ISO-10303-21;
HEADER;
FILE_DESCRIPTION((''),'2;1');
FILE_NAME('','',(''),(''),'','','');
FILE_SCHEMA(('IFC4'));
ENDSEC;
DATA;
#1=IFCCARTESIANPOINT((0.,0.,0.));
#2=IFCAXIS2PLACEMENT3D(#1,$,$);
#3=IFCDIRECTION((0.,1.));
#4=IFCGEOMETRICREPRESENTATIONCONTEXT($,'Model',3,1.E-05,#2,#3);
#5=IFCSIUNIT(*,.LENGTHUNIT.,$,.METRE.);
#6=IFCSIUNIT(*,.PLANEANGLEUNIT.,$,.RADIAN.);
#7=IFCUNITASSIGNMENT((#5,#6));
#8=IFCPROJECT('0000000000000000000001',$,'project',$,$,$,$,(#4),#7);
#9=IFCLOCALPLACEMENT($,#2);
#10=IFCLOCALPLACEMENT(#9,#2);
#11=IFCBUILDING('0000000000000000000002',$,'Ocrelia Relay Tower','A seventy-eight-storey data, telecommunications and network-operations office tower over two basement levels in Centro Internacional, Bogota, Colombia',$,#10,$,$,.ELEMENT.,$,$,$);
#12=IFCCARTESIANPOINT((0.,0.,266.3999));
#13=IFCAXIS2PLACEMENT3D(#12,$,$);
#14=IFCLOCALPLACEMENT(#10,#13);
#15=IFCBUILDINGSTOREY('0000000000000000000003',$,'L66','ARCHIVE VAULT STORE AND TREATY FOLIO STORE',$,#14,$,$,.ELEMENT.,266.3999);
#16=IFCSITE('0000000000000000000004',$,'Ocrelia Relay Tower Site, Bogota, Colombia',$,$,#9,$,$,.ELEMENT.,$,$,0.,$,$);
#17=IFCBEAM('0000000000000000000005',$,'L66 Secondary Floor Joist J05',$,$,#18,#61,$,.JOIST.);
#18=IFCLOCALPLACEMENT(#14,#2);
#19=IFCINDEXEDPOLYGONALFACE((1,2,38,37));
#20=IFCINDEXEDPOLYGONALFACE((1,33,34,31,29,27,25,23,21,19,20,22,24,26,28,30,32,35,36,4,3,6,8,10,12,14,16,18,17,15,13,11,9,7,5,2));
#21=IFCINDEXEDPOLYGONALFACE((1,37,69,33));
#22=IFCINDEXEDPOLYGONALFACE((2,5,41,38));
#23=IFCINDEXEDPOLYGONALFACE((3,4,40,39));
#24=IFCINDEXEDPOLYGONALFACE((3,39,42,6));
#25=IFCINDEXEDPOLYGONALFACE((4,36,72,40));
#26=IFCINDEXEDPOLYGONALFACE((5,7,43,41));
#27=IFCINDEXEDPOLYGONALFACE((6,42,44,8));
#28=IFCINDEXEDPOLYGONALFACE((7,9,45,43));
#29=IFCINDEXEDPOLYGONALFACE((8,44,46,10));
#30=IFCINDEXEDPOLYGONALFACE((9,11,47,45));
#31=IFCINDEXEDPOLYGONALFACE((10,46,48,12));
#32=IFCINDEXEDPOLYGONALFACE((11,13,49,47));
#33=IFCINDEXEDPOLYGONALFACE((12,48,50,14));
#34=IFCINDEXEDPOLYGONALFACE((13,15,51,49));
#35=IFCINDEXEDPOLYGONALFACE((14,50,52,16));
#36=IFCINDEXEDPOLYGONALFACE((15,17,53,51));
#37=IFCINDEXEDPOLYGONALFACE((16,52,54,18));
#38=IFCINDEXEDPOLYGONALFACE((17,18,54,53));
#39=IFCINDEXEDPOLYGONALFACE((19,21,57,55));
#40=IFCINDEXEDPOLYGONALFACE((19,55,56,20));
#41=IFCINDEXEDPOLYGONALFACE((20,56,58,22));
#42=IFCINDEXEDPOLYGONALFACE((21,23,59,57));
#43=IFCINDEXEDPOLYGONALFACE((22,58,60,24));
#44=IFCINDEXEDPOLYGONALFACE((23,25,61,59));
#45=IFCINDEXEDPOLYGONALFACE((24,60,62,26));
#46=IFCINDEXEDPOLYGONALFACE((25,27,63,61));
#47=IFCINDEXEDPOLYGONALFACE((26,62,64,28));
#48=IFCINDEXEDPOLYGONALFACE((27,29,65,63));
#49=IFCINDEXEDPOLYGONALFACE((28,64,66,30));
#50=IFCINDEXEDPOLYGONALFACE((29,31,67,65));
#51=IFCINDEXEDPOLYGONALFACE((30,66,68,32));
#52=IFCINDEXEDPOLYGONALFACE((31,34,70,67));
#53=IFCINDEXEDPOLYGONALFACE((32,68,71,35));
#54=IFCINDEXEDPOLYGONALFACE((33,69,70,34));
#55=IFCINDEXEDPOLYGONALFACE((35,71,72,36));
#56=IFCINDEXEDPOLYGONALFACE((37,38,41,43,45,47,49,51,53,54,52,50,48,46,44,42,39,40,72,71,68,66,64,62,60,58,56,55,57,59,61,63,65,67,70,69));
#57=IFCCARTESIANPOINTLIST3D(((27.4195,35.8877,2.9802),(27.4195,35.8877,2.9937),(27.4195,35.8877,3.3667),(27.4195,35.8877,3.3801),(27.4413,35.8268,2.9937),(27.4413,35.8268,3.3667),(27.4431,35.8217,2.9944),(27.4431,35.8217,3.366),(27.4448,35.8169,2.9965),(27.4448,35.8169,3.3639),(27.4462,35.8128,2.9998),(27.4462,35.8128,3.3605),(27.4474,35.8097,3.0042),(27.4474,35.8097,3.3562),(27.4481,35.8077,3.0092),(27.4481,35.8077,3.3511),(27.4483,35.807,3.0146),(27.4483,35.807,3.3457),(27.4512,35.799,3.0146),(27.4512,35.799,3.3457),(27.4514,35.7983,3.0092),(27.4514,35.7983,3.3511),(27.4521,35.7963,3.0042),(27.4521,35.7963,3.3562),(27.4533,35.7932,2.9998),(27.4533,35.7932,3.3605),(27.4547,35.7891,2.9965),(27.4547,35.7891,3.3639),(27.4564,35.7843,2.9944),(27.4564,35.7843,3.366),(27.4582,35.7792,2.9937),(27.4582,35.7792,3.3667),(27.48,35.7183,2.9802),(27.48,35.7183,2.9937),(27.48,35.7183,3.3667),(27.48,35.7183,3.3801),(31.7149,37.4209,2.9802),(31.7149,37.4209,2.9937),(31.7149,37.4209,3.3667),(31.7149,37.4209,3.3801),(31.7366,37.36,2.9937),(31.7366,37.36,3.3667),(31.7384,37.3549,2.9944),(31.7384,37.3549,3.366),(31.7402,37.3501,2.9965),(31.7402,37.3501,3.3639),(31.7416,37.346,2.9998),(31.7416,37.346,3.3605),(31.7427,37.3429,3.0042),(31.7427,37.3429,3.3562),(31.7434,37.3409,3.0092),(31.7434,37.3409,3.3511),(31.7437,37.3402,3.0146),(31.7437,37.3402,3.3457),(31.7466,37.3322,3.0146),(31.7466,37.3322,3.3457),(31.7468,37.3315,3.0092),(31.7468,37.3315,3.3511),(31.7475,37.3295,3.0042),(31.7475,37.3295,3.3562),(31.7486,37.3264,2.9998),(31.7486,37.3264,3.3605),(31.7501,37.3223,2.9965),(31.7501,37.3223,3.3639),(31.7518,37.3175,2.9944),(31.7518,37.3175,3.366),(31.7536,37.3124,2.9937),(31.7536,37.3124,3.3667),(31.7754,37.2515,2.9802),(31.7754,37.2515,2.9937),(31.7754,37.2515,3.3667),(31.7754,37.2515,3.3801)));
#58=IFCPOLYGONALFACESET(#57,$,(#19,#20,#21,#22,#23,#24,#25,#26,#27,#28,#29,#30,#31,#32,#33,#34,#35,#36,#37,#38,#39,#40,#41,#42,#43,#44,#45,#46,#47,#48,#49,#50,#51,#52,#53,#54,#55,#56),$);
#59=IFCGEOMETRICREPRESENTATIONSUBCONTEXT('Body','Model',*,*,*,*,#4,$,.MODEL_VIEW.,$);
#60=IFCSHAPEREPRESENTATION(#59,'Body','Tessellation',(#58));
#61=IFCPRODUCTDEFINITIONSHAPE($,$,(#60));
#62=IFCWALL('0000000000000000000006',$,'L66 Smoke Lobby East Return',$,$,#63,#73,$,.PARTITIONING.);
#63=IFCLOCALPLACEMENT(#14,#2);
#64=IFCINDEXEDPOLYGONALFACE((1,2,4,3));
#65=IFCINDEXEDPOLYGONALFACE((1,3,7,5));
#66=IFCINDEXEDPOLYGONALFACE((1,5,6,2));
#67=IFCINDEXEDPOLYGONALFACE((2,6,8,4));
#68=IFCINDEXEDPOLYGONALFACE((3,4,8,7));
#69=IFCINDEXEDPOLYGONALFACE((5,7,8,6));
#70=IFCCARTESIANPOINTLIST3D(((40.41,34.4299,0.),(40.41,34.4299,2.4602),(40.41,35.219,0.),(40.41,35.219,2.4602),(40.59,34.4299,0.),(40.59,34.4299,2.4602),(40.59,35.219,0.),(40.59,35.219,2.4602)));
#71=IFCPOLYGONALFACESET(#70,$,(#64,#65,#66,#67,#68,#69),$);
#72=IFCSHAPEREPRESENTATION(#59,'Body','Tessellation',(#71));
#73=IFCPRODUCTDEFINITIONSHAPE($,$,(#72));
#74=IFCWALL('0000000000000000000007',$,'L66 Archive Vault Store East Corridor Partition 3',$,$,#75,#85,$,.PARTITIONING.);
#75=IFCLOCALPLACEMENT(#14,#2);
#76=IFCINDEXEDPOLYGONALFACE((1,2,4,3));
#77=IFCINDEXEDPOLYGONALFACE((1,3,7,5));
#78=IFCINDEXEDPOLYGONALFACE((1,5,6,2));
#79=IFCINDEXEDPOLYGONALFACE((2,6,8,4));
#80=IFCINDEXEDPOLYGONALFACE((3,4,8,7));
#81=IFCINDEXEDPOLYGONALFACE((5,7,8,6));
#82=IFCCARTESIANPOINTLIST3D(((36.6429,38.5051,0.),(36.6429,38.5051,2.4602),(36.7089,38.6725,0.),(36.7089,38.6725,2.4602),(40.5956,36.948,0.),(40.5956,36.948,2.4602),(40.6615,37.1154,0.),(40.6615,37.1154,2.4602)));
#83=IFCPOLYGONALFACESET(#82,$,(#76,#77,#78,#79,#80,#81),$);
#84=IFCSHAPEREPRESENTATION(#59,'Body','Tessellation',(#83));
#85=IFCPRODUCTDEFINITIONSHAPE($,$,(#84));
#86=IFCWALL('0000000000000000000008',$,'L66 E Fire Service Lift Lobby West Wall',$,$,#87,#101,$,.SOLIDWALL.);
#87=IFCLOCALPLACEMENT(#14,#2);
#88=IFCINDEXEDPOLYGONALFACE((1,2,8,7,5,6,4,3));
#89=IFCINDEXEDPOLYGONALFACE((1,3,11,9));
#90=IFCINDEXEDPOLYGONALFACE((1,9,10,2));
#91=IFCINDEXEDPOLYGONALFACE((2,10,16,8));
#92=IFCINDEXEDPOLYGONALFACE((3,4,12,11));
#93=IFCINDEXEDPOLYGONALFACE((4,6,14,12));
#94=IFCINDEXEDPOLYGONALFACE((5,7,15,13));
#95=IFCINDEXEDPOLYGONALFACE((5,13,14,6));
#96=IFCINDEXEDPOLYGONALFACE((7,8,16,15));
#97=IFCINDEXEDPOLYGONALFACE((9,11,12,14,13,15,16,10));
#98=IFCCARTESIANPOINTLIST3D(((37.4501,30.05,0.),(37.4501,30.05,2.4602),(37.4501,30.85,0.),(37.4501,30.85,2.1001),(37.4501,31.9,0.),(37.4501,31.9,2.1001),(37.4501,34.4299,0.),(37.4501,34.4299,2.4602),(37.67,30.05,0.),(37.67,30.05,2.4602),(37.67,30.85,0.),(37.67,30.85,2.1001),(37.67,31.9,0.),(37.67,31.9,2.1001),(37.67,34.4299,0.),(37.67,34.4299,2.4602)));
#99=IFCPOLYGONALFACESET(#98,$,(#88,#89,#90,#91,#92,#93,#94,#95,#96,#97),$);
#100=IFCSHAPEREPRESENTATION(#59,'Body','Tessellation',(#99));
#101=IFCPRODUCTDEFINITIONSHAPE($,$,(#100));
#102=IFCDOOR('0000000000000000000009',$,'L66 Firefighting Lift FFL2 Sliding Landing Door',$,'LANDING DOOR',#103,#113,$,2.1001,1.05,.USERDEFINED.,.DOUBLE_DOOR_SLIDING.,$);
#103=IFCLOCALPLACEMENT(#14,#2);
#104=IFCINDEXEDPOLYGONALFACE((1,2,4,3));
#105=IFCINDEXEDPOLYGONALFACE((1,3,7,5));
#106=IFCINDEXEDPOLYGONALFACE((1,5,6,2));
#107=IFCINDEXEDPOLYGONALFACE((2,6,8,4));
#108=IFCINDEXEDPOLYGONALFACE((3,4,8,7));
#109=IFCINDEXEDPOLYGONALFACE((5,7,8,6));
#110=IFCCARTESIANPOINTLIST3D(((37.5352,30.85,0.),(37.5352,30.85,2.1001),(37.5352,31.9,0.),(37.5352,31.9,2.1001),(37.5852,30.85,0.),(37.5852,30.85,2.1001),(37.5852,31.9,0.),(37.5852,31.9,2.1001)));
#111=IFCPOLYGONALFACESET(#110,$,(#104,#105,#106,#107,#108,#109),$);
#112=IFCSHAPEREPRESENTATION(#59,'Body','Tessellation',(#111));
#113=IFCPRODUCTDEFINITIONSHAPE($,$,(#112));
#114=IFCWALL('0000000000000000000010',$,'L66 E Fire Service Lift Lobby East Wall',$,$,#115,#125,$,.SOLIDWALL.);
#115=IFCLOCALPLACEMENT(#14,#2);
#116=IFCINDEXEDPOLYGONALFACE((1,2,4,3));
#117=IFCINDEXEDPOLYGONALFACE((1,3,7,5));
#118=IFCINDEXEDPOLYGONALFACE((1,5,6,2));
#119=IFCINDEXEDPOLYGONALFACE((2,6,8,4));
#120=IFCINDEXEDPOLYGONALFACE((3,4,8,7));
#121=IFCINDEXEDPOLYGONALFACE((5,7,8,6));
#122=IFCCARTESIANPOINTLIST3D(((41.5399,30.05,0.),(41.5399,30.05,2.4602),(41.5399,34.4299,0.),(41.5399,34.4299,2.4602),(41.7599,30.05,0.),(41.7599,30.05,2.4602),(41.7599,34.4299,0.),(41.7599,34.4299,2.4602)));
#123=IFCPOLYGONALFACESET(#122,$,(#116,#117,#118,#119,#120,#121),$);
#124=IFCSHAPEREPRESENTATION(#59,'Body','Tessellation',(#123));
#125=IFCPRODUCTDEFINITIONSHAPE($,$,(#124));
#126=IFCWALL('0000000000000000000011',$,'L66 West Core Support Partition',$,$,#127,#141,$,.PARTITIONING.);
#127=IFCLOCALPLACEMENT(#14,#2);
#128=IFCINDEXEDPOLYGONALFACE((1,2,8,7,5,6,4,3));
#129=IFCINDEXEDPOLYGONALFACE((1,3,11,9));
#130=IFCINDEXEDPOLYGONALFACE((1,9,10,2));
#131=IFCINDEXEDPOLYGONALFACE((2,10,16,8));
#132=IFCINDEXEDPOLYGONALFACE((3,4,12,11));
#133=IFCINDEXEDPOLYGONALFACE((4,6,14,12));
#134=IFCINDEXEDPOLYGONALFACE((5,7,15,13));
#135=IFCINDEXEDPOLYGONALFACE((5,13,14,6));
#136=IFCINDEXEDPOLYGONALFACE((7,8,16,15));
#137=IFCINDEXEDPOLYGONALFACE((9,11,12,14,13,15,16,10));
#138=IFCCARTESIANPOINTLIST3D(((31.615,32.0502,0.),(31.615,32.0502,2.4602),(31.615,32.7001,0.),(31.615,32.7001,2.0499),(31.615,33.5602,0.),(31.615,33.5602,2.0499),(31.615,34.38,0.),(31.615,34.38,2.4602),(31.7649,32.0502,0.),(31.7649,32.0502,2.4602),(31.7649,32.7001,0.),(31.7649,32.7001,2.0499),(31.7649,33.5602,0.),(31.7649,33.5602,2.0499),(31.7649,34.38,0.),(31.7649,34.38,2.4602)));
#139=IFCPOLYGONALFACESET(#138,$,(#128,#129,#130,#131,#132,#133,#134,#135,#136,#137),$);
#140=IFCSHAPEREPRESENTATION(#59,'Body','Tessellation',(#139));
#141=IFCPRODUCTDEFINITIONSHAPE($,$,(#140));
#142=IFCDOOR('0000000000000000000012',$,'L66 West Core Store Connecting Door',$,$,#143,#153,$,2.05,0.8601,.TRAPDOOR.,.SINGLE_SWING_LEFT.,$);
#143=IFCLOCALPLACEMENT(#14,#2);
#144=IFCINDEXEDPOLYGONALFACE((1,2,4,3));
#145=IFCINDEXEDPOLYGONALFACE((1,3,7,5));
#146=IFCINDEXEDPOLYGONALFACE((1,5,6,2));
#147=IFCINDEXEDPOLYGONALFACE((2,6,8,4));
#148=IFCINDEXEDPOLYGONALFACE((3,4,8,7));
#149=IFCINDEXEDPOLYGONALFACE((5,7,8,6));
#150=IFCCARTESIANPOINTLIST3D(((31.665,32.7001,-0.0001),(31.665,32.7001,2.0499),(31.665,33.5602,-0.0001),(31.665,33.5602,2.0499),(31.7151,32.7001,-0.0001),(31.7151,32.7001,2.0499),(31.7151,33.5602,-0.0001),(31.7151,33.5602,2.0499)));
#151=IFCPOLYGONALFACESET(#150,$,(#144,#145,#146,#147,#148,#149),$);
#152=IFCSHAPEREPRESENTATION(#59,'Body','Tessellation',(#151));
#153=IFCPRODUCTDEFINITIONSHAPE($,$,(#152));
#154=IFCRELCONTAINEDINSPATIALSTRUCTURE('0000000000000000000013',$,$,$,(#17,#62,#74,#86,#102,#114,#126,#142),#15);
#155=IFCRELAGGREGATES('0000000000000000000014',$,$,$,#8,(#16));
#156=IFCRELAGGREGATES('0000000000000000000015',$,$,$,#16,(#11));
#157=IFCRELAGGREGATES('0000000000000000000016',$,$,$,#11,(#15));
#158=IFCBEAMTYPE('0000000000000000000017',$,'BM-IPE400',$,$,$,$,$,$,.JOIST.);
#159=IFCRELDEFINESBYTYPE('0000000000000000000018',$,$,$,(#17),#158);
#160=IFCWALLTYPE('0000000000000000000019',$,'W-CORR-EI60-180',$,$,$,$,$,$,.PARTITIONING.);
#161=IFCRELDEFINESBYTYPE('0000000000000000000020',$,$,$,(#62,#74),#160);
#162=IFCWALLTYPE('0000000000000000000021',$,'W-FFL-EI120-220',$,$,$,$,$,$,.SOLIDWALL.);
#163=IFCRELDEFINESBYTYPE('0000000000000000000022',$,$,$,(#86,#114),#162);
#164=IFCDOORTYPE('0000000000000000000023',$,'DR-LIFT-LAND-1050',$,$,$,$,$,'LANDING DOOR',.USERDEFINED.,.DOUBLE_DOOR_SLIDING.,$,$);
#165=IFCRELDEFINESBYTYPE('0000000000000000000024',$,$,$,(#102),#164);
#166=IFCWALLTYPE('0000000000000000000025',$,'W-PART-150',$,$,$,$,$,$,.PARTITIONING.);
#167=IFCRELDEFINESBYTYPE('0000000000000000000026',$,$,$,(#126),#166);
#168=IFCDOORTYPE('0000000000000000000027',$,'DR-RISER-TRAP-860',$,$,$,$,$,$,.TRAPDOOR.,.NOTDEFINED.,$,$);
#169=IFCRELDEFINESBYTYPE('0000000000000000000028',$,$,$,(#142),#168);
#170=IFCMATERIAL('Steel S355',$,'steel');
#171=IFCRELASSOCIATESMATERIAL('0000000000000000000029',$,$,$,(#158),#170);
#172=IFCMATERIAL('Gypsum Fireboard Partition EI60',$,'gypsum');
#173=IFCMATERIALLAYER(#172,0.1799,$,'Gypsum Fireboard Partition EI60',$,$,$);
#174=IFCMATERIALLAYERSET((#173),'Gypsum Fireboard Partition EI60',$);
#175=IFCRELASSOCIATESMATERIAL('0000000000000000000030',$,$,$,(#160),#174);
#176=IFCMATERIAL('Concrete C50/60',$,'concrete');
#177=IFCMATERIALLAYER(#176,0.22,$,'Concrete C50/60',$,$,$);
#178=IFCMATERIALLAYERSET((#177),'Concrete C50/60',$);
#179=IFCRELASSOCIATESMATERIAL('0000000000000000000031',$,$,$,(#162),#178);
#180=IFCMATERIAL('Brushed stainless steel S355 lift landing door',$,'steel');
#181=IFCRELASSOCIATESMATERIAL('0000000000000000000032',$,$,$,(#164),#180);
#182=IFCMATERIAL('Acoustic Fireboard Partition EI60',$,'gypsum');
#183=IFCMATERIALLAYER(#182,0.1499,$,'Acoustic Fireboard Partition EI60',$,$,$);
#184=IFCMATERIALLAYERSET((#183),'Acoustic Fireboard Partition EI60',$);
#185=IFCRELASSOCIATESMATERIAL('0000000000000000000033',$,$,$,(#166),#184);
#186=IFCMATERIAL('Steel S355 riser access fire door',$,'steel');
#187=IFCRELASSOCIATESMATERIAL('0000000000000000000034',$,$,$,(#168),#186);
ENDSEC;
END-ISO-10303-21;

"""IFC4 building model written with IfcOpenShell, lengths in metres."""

from ifc_helpers import new_model, si_unit, direction, frame, frame_2d, origin, origin_2d, place, context, subcontext, project, spatial, rectangle, i_section, extrude, material, layer, layer_set, material_profile, profile_set, type_object, element, fill, save


model = new_model("IFC4")

# Units and contexts
model_context = context("Model", 3, precision=1e-05, world=origin(), true_north=direction((0.0, 1.0)))
body_context = subcontext(model_context, "Body", "Model", "MODEL_VIEW")
ifc_project = project(units=[si_unit("LENGTHUNIT", "METRE"), si_unit("PLANEANGLEUNIT", "RADIAN")], contexts=[model_context])

# Site, building, storey
site_placement = place(None, origin())
site = spatial("IfcSite", under=ifc_project, at=site_placement, Name="Ocrelia Relay Tower Site, Bogota, Colombia", CompositionType="ELEMENT", RefElevation=0.0)
building_placement = place(site_placement, origin())
building = spatial("IfcBuilding", under=site, at=building_placement, Name="Ocrelia Relay Tower", Description="A seventy-eight-storey data, telecommunications and network-operations office tower over two basement levels in Centro Internacional, Bogota, Colombia", CompositionType="ELEMENT")
storey_placement = place(building_placement, frame((0.0, 0.0, 266.3999)))
storey = spatial("IfcBuildingStorey", under=building, at=storey_placement, Name="L66", Description="ARCHIVE VAULT STORE AND TREATY FOLIO STORE", CompositionType="ELEMENT", Elevation=266.3999)

# Shared definitions
ifc_material_1 = material(Name="Concrete C50/60", Category="concrete")

# Beam
ifc_material_2 = material(Name="Steel S355", Category="steel")
ifc_material_profile_1 = material_profile(ifc_material_2, i_section(OverallWidth=0.1799, OverallDepth=0.3999, WebThickness=0.0085, FlangeThickness=0.0134, FilletRadius=0.021, at=origin_2d()), Name="IPE 400")
ifc_profile_set_1 = profile_set([ifc_material_profile_1], Name="Steel S355")
beam_type = type_object("IfcBeamType", Name="BM-IPE400", PredefinedType="JOIST", material=ifc_profile_set_1)
beam_1_placement = place(storey_placement, frame((31.7451, 37.3362, 3.1802), z_axis=(-0.941802, -0.336167, 0.0), x_axis=(0.336167, -0.941802, 0.0)))
element("IfcBeam", 1, at=beam_1_placement, inside=storey, type_object=beam_type, Name="L66 Secondary Floor Joist J05", PredefinedType="JOIST", context=body_context, shape_type="SweptSolid", body=[
    extrude(i_section(OverallWidth=0.1799, OverallDepth=0.3999, WebThickness=0.0085, FlangeThickness=0.0134, FilletRadius=0.021, at=origin_2d()), origin(), (0.0, 0.0, 1.0), 4.5608),
])

# Wall
ifc_material_3 = material(Name="Gypsum Fireboard Partition EI60", Category="gypsum")
ifc_layer_1 = layer(ifc_material_3, 0.1799, Name="Gypsum Fireboard Partition EI60")
ifc_layer_set_1 = layer_set([ifc_layer_1], Name="Gypsum Fireboard Partition EI60")
wall_type_1 = type_object("IfcWallType", Name="W-CORR-EI60-180", PredefinedType="PARTITIONING", material=ifc_layer_set_1)
wall_1_placement = place(storey_placement, frame((40.5, 35.219, 0.0), z_axis=(0.0, 0.0, 1.0), x_axis=(0.0, -1.0, 0.0)))
element("IfcWall", 2, at=wall_1_placement, inside=storey, type_object=wall_type_1, Name="L66 Smoke Lobby East Return", PredefinedType="PARTITIONING", context=body_context, shape_type="SweptSolid", body=[
    extrude(rectangle(XDim=0.7891, YDim=0.1799, at=frame_2d((0.3945, 0.0))), origin(), (0.0, 0.0, 1.0), 2.4602),
])

# Wall
wall_2_placement = place(storey_placement, frame((40.6284, 37.0317, 0.0), z_axis=(0.0, 0.0, 1.0), x_axis=(-0.930406, 0.366531, 0.0)))
element("IfcWall", 3, at=wall_2_placement, inside=storey, type_object=wall_type_1, Name="L66 Archive Vault Store East Corridor Partition 3", PredefinedType="PARTITIONING", context=body_context, shape_type="SweptSolid", body=[
    extrude(rectangle(XDim=4.2483, YDim=0.1799, at=frame_2d((2.124, 0.0))), origin(), (0.0, 0.0, 1.0), 2.4602),
])

# Wall, opening, door
ifc_layer_2 = layer(ifc_material_1, 0.22, Name="Concrete C50/60")
ifc_layer_set_2 = layer_set([ifc_layer_2], Name="Concrete C50/60")
wall_type_2 = type_object("IfcWallType", Name="W-FFL-EI120-220", PredefinedType="SOLIDWALL", material=ifc_layer_set_2)
wall_3_placement = place(storey_placement, frame((37.5601, 30.05, 0.0), z_axis=(0.0, 0.0, 1.0), x_axis=(0.0, 1.0, 0.0)))
wall_3 = element("IfcWall", 4, at=wall_3_placement, inside=storey, type_object=wall_type_2, Name="L66 E Fire Service Lift Lobby West Wall", PredefinedType="SOLIDWALL", context=body_context, shape_type="SweptSolid", body=[
    extrude(rectangle(XDim=4.3799, YDim=0.22, at=frame_2d((2.1899, 0.0))), origin(), (0.0, 0.0, 1.0), 2.4602),
])
opening_1_placement = place(wall_3_placement, frame((0.8, 0.0, 0.0)))
opening_1 = element("IfcOpeningElement", 5, at=opening_1_placement, cuts=wall_3, PredefinedType="OPENING", context=body_context, shape_type="SweptSolid", body=[
    extrude(rectangle(XDim=1.05, YDim=2.1001, at=frame_2d((0.5249, 1.05))), frame((0.0, 0.1201, 0.0), z_axis=(0.0, -1.0, 0.0), x_axis=(1.0, 0.0, 0.0)), (0.0, 0.0, 1.0), 0.24),
])
ifc_material_4 = material(Name="Brushed stainless steel S355 lift landing door", Category="steel")
door_type_1 = type_object("IfcDoorType", Name="DR-LIFT-LAND-1050", ElementType="LANDING DOOR", OperationType="DOUBLE_DOOR_SLIDING", PredefinedType="USERDEFINED", material=ifc_material_4)
door_1_placement = place(opening_1_placement, origin())
door_1 = element("IfcDoor", 6, at=door_1_placement, inside=storey, type_object=door_type_1, Name="L66 Firefighting Lift FFL2 Sliding Landing Door", ObjectType="LANDING DOOR", OperationType="DOUBLE_DOOR_SLIDING", OverallHeight=2.1001, OverallWidth=1.05, PredefinedType="USERDEFINED", context=body_context, shape_type="SweptSolid", body=[
    extrude(rectangle(XDim=1.05, YDim=2.1001, at=frame_2d((0.5249, 1.05))), frame((0.0, 0.0249, 0.0), z_axis=(0.0, -1.0, 0.0), x_axis=(1.0, 0.0, 0.0)), (0.0, 0.0, 1.0), 0.05),
])
fill(opening_1, door_1)

# Wall
wall_4_placement = place(storey_placement, frame((41.6499, 30.05, 0.0), z_axis=(0.0, 0.0, 1.0), x_axis=(0.0, 1.0, 0.0)))
element("IfcWall", 7, at=wall_4_placement, inside=storey, type_object=wall_type_2, Name="L66 E Fire Service Lift Lobby East Wall", PredefinedType="SOLIDWALL", context=body_context, shape_type="SweptSolid", body=[
    extrude(rectangle(XDim=4.3799, YDim=0.22, at=frame_2d((2.1899, 0.0))), origin(), (0.0, 0.0, 1.0), 2.4602),
])

# Wall, opening, door
ifc_material_5 = material(Name="Acoustic Fireboard Partition EI60", Category="gypsum")
ifc_layer_3 = layer(ifc_material_5, 0.1499, Name="Acoustic Fireboard Partition EI60")
ifc_layer_set_3 = layer_set([ifc_layer_3], Name="Acoustic Fireboard Partition EI60")
wall_type_3 = type_object("IfcWallType", Name="W-PART-150", PredefinedType="PARTITIONING", material=ifc_layer_set_3)
wall_5_placement = place(storey_placement, frame((31.6899, 32.05, 0.0), z_axis=(0.0, 0.0, 1.0), x_axis=(0.0, 1.0, 0.0)))
wall_5 = element("IfcWall", 8, at=wall_5_placement, inside=storey, type_object=wall_type_3, Name="L66 West Core Support Partition", PredefinedType="PARTITIONING", context=body_context, shape_type="SweptSolid", body=[
    extrude(rectangle(XDim=2.3298, YDim=0.1499, at=frame_2d((1.165, 0.0))), origin(), (0.0, 0.0, 1.0), 2.4602),
])
opening_2_placement = place(wall_5_placement, frame((0.6499, 0.0, 0.0)))
opening_2 = element("IfcOpeningElement", 9, at=opening_2_placement, cuts=wall_5, PredefinedType="OPENING", context=body_context, shape_type="SweptSolid", body=[
    extrude(rectangle(XDim=0.8601, YDim=2.05, at=frame_2d((0.4302, 1.0249))), frame((0.0, 0.085, 0.0), z_axis=(0.0, -1.0, 0.0), x_axis=(1.0, 0.0, 0.0)), (0.0, 0.0, 1.0), 0.1699),
])
ifc_material_6 = material(Name="Steel S355 riser access fire door", Category="steel")
door_type_2 = type_object("IfcDoorType", Name="DR-RISER-TRAP-860", OperationType="NOTDEFINED", PredefinedType="TRAPDOOR", material=ifc_material_6)
door_2_placement = place(opening_2_placement, origin())
door_2 = element("IfcDoor", 10, at=door_2_placement, inside=storey, type_object=door_type_2, Name="L66 West Core Store Connecting Door", OperationType="SINGLE_SWING_LEFT", OverallHeight=2.05, OverallWidth=0.8601, PredefinedType="TRAPDOOR", context=body_context, shape_type="SweptSolid", body=[
    extrude(rectangle(XDim=0.8601, YDim=2.05, at=frame_2d((0.4302, 1.0249))), frame((0.0, 0.0249, 0.0), z_axis=(0.0, -1.0, 0.0), x_axis=(1.0, 0.0, 0.0)), (0.0, 0.0, 1.0), 0.05),
])
fill(opening_2, door_2)

save(model, "model.ifc")
